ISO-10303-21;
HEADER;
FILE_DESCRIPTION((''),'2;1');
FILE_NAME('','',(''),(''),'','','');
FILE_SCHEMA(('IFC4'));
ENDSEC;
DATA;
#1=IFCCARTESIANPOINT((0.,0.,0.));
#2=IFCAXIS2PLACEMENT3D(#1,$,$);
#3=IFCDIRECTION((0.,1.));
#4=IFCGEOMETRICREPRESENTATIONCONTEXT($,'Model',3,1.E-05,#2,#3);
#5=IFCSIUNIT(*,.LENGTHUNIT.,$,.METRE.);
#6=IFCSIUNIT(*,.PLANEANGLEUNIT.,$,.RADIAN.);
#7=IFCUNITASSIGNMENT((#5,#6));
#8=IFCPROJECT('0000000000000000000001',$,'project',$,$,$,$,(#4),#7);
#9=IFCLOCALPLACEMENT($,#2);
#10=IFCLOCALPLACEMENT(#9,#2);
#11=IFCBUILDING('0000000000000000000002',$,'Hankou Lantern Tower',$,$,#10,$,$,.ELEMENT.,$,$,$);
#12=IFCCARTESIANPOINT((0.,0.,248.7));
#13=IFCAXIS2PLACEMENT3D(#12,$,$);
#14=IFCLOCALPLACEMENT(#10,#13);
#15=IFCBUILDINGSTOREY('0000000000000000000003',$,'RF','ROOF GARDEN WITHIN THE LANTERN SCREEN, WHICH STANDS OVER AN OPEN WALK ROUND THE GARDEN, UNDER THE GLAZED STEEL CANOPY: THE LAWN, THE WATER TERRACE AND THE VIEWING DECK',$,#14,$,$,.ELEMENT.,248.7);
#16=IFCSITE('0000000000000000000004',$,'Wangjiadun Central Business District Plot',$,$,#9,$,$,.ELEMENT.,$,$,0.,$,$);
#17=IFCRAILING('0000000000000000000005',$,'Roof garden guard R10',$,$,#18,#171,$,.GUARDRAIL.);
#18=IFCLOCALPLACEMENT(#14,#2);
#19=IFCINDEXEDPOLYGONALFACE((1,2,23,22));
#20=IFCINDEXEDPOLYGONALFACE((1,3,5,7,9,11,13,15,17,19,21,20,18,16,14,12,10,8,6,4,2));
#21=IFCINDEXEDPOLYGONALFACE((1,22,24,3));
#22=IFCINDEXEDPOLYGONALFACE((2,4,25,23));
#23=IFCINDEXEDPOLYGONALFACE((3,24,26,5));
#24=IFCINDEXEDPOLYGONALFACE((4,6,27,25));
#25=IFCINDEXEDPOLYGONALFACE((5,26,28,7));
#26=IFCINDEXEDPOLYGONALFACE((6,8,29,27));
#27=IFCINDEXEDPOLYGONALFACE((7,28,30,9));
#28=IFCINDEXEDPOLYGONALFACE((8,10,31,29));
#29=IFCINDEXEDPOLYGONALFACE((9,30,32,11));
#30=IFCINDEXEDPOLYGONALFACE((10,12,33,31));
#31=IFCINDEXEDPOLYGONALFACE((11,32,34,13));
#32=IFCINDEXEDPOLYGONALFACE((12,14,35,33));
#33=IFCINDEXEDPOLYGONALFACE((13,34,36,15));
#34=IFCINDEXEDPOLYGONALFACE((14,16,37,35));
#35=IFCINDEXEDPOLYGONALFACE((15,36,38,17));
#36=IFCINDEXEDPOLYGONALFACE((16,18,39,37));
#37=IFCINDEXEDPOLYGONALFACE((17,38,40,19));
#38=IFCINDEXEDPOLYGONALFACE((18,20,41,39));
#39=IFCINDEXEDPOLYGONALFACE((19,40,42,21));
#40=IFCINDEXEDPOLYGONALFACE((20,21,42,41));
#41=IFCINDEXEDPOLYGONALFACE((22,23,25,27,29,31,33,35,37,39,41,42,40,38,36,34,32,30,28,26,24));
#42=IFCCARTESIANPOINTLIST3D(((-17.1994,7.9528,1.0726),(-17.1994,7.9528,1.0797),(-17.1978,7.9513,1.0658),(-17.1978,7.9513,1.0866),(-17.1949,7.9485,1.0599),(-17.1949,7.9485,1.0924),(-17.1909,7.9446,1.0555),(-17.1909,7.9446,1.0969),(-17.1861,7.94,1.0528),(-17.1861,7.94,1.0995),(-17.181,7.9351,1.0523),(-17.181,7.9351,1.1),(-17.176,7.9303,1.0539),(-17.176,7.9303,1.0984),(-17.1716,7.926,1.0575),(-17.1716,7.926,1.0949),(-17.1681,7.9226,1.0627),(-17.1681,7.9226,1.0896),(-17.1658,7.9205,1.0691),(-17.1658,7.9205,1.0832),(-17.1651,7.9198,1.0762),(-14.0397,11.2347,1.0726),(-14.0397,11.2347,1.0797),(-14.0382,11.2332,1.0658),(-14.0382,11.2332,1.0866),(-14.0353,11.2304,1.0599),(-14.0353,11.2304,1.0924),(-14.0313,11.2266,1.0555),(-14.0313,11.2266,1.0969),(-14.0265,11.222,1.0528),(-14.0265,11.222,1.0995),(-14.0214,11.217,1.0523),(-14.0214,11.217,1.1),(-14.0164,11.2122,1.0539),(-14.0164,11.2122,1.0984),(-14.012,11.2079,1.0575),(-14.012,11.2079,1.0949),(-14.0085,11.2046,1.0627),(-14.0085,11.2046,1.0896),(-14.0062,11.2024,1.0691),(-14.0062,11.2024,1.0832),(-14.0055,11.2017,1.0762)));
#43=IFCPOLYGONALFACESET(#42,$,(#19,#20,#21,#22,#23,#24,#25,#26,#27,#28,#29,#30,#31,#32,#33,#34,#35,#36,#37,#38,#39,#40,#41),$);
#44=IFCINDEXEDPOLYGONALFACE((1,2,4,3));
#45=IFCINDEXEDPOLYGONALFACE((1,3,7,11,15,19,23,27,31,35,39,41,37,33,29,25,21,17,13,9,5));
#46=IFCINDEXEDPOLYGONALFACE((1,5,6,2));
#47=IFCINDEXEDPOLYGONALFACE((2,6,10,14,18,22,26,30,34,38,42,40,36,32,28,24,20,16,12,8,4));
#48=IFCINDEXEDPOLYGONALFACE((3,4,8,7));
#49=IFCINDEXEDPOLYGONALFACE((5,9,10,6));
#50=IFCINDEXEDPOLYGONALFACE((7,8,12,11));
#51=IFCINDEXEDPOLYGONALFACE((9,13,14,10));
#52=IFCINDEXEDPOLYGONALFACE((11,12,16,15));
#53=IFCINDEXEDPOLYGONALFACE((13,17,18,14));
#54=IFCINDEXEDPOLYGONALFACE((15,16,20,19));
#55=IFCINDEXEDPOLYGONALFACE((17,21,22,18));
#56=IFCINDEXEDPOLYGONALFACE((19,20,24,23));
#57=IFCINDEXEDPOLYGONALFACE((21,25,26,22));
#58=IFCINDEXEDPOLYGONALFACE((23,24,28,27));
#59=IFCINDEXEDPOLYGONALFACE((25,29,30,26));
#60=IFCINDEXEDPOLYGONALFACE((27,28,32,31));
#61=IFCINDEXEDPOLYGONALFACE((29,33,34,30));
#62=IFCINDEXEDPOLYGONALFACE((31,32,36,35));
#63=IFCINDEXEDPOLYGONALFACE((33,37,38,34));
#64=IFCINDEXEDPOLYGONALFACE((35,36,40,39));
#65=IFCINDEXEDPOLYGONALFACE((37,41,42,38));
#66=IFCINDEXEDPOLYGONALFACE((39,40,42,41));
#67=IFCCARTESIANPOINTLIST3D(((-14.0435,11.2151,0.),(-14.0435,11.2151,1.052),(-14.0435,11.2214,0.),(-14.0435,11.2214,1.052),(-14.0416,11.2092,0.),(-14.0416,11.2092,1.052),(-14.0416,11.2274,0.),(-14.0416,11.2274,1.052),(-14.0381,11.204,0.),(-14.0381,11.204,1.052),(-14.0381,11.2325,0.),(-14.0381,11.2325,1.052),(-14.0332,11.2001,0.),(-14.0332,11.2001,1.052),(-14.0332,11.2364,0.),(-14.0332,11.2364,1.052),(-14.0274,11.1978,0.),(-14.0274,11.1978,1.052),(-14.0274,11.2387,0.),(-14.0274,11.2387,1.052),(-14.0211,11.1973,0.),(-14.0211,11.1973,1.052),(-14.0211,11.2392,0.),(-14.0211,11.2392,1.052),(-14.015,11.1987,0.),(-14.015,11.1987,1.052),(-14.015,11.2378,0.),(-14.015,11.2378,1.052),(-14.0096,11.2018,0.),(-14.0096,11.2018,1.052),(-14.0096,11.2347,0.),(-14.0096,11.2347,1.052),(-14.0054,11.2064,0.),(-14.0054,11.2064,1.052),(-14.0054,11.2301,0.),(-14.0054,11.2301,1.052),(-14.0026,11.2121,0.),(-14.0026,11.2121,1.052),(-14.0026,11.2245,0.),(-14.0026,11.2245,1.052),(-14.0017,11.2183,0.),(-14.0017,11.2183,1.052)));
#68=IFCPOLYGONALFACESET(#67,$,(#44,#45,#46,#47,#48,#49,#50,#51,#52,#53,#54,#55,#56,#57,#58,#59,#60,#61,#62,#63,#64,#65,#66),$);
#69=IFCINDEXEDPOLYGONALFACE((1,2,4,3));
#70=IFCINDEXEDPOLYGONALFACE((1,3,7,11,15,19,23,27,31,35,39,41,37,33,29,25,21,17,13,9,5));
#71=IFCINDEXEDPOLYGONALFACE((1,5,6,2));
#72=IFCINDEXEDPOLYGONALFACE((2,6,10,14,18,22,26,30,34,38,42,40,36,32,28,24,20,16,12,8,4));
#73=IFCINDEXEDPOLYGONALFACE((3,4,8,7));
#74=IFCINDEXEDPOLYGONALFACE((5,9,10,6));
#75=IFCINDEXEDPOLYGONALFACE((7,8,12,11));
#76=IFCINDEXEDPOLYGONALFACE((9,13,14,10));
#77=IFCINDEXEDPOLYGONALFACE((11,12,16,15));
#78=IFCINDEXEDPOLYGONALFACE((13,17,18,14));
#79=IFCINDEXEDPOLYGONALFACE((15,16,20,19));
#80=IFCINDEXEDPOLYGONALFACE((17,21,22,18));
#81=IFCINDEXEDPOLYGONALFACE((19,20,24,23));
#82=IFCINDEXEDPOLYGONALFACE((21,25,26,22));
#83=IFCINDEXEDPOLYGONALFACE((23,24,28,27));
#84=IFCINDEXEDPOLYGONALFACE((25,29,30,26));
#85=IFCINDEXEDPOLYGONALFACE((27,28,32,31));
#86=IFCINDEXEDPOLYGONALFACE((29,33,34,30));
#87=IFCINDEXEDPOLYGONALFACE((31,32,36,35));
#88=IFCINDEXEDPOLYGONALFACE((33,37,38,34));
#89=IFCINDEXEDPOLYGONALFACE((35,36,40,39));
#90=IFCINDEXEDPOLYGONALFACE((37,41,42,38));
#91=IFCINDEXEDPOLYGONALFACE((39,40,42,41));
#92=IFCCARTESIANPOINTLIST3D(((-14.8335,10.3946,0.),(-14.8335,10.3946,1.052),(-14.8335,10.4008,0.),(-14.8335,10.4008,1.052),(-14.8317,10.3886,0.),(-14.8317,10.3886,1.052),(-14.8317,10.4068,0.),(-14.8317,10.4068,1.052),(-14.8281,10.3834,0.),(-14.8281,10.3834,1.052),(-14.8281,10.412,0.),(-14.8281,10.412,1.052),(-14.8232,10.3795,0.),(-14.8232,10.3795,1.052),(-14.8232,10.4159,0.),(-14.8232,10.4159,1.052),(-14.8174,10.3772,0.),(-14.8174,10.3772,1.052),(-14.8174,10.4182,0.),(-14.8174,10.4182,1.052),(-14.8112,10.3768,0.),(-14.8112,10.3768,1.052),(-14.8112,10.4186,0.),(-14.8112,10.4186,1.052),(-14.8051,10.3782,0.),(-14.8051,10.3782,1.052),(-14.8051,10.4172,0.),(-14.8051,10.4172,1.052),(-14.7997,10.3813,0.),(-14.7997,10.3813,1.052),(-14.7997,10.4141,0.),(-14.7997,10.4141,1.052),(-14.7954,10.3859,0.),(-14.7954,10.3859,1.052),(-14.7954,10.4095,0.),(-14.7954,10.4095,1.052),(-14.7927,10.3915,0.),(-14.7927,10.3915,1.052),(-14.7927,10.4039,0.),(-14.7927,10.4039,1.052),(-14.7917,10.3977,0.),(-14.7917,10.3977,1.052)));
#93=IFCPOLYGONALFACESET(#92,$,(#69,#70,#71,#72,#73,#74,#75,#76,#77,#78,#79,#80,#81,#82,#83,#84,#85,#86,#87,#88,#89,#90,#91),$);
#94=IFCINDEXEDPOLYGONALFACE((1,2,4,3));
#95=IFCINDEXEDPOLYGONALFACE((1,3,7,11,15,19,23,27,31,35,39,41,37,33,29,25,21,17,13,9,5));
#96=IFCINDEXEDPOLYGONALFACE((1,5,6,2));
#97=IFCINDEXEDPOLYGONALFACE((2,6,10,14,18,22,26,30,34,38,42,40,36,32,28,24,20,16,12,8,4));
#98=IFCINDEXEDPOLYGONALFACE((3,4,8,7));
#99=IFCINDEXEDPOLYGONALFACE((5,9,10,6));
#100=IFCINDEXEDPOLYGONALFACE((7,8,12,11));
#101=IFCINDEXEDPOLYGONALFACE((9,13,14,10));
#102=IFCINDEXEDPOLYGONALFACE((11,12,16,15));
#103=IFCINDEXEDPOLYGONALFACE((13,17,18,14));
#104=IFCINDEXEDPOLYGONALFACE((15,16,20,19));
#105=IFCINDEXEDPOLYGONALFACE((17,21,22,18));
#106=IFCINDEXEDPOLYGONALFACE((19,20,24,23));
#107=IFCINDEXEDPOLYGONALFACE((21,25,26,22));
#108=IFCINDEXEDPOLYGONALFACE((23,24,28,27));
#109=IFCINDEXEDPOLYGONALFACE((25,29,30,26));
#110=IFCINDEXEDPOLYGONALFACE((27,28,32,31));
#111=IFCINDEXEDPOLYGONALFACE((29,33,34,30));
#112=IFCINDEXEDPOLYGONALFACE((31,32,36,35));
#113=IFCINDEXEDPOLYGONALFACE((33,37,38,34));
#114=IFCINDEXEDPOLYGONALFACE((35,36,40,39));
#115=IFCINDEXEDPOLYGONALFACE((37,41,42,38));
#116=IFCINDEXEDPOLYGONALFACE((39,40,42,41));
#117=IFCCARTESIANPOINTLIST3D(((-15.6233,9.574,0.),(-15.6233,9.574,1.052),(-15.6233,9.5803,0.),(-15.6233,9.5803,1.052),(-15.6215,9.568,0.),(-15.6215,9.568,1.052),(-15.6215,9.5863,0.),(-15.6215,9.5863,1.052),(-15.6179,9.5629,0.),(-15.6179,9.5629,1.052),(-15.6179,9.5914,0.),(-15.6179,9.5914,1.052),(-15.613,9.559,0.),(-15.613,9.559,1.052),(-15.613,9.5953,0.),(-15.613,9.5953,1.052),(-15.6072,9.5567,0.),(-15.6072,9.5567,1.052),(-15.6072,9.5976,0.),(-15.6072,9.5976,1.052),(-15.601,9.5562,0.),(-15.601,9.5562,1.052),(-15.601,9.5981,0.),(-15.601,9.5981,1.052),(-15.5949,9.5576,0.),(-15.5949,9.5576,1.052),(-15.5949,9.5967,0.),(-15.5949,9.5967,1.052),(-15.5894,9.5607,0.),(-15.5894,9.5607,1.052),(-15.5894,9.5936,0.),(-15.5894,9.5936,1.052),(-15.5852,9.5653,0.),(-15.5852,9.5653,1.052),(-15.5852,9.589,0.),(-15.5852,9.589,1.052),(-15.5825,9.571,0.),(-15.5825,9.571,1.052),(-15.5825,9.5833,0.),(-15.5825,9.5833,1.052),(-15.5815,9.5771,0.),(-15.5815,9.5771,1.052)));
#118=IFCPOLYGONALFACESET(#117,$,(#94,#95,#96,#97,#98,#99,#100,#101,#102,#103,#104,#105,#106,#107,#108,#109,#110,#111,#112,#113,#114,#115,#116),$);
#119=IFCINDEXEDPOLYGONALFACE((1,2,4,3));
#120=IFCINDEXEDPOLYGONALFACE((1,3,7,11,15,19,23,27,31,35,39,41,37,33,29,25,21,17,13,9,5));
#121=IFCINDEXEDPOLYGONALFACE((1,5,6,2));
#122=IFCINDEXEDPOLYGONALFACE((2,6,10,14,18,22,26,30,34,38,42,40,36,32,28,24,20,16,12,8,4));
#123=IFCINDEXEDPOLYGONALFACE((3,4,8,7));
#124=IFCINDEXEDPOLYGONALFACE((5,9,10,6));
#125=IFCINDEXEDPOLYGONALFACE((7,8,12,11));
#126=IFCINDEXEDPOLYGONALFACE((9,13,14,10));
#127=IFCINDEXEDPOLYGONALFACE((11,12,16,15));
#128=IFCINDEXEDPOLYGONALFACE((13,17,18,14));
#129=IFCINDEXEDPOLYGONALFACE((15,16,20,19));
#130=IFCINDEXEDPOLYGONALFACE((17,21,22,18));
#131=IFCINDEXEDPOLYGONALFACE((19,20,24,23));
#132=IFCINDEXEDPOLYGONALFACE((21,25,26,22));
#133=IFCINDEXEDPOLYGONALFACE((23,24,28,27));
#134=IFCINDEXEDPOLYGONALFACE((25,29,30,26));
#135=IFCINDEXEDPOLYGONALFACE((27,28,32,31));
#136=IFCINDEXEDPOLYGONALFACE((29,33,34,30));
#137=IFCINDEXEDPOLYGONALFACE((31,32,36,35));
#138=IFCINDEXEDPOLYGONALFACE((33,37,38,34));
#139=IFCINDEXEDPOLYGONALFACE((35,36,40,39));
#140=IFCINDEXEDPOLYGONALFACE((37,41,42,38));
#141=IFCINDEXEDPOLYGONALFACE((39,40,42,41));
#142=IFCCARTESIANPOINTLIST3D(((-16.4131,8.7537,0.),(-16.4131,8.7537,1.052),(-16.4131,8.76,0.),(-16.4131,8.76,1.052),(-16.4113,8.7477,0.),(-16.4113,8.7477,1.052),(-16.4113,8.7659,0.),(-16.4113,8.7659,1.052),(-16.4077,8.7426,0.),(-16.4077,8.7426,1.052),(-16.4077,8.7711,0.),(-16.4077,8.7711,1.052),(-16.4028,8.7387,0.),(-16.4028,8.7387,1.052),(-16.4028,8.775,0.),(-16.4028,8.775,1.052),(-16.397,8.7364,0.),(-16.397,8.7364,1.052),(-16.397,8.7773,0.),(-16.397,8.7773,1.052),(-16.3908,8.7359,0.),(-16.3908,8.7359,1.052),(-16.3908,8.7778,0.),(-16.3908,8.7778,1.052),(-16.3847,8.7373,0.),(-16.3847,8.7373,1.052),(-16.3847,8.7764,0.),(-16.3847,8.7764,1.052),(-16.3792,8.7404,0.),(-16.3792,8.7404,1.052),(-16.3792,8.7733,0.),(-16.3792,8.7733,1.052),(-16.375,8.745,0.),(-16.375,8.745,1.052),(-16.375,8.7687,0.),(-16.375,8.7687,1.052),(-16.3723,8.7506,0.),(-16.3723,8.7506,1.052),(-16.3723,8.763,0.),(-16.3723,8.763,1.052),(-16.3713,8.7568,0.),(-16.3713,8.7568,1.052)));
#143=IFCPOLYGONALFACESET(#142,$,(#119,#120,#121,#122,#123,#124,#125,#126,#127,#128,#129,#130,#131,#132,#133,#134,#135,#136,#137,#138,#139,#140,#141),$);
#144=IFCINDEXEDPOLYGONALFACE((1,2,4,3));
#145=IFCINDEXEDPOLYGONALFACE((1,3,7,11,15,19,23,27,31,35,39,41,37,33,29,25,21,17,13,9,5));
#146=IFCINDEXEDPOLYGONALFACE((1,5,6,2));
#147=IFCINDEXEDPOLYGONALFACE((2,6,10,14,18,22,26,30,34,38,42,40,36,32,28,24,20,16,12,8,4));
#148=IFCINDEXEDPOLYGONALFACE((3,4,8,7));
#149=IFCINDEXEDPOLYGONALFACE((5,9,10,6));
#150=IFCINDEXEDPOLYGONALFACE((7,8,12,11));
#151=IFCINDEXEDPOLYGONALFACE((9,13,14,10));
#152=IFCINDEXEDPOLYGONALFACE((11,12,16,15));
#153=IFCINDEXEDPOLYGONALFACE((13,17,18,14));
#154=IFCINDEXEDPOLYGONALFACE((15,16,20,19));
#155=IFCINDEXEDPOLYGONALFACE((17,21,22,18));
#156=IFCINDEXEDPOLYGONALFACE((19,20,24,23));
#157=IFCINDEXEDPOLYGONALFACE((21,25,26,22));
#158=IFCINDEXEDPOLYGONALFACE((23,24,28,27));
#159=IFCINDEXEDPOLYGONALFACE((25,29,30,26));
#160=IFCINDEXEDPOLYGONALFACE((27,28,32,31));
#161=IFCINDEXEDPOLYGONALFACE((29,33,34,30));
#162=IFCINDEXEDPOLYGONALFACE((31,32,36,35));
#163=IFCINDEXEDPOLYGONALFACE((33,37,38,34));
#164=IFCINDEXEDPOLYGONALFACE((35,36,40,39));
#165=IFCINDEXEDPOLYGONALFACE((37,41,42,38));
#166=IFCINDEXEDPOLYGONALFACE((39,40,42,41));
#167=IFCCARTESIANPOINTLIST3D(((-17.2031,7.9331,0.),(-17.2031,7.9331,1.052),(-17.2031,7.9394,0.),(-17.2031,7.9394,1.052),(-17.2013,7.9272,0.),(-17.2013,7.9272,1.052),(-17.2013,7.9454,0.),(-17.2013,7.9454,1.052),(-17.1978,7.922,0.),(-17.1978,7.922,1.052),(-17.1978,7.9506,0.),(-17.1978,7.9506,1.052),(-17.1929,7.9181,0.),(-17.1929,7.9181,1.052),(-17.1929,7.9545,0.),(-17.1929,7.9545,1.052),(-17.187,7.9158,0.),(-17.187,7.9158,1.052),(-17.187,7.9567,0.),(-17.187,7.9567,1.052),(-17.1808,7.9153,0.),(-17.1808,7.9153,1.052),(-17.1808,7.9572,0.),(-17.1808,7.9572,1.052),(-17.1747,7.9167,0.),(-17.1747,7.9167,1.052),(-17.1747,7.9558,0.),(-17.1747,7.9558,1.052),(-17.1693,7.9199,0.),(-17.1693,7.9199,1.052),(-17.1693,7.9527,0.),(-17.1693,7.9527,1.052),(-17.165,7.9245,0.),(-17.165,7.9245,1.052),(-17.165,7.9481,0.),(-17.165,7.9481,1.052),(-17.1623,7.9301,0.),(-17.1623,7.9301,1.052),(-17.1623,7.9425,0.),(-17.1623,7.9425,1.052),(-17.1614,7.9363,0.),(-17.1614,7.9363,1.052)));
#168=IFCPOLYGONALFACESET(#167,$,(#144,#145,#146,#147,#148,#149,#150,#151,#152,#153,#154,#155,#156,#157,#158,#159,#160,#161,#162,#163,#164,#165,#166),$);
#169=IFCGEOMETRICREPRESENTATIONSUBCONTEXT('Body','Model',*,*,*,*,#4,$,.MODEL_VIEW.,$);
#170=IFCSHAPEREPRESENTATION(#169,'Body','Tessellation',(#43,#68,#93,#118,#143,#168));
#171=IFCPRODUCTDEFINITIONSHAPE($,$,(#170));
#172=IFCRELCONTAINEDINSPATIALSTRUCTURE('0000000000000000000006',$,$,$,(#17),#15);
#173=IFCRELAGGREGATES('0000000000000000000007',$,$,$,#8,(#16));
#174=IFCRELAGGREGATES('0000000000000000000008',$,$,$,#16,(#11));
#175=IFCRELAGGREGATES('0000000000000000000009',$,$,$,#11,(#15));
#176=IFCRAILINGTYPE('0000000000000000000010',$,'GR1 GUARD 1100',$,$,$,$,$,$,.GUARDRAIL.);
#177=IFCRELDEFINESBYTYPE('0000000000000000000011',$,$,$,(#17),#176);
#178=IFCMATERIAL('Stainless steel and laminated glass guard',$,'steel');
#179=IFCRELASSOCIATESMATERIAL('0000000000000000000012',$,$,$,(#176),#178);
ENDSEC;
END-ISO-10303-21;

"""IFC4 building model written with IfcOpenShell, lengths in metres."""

from ifc_helpers import new_model, si_unit, direction, frame, origin, origin_2d, place, context, subcontext, project, spatial, circle, extrude, material, type_object, element, save


model = new_model("IFC4")

# Units and contexts
model_context = context("Model", 3, precision=1e-05, world=origin(), true_north=direction((0.0, 1.0)))
body_context = subcontext(model_context, "Body", "Model", "MODEL_VIEW")
ifc_project = project(units=[si_unit("LENGTHUNIT", "METRE"), si_unit("PLANEANGLEUNIT", "RADIAN")], contexts=[model_context])

# Site, building, storey
site_placement = place(None, origin())
site = spatial("IfcSite", under=ifc_project, at=site_placement, Name="Wangjiadun Central Business District Plot", CompositionType="ELEMENT", RefElevation=0.0)
building_placement = place(site_placement, origin())
building = spatial("IfcBuilding", under=site, at=building_placement, Name="Hankou Lantern Tower", CompositionType="ELEMENT")
storey_placement = place(building_placement, frame((0.0, 0.0, 248.7)))
storey = spatial("IfcBuildingStorey", under=building, at=storey_placement, Name="RF", Description="ROOF GARDEN WITHIN THE LANTERN SCREEN, WHICH STANDS OVER AN OPEN WALK ROUND THE GARDEN, UNDER THE GLAZED STEEL CANOPY: THE LAWN, THE WATER TERRACE AND THE VIEWING DECK", CompositionType="ELEMENT", Elevation=248.7)

# Railing
ifc_material_1 = material(Name="Stainless steel and laminated glass guard", Category="steel")
railing_type = type_object("IfcRailingType", Name="GR1 GUARD 1100", PredefinedType="GUARDRAIL", material=ifc_material_1)
railing_1_placement = place(storey_placement, frame((-14.0227, 11.2183, 0.0)))
element("IfcRailing", 1, at=railing_1_placement, inside=storey, type_object=railing_type, Name="Roof garden guard R10", PredefinedType="GUARDRAIL", context=body_context, shape_type="SweptSolid", body=[
    extrude(circle(Radius=0.0239, at=origin_2d()), frame((0.0, 0.0, 1.0762), z_axis=(-0.693555, -0.720404, 0.0), x_axis=(0.720404, -0.693555, 0.0)), (0.0, 0.0, 1.0), 4.5557),
    extrude(circle(Radius=0.021, at=origin_2d()), origin(), (0.0, 0.0, 1.0), 1.052),
    extrude(circle(Radius=0.021, at=origin_2d()), frame((-0.79, -0.8206, 0.0)), (0.0, 0.0, 1.0), 1.052),
    extrude(circle(Radius=0.021, at=origin_2d()), frame((-1.5798, -1.6411, 0.0)), (0.0, 0.0, 1.0), 1.052),
    extrude(circle(Radius=0.021, at=origin_2d()), frame((-2.3696, -2.4614, 0.0)), (0.0, 0.0, 1.0), 1.052),
    extrude(circle(Radius=0.021, at=origin_2d()), frame((-3.1597, -3.282, 0.0)), (0.0, 0.0, 1.0), 1.052),
])

save(model, "model.ifc")
